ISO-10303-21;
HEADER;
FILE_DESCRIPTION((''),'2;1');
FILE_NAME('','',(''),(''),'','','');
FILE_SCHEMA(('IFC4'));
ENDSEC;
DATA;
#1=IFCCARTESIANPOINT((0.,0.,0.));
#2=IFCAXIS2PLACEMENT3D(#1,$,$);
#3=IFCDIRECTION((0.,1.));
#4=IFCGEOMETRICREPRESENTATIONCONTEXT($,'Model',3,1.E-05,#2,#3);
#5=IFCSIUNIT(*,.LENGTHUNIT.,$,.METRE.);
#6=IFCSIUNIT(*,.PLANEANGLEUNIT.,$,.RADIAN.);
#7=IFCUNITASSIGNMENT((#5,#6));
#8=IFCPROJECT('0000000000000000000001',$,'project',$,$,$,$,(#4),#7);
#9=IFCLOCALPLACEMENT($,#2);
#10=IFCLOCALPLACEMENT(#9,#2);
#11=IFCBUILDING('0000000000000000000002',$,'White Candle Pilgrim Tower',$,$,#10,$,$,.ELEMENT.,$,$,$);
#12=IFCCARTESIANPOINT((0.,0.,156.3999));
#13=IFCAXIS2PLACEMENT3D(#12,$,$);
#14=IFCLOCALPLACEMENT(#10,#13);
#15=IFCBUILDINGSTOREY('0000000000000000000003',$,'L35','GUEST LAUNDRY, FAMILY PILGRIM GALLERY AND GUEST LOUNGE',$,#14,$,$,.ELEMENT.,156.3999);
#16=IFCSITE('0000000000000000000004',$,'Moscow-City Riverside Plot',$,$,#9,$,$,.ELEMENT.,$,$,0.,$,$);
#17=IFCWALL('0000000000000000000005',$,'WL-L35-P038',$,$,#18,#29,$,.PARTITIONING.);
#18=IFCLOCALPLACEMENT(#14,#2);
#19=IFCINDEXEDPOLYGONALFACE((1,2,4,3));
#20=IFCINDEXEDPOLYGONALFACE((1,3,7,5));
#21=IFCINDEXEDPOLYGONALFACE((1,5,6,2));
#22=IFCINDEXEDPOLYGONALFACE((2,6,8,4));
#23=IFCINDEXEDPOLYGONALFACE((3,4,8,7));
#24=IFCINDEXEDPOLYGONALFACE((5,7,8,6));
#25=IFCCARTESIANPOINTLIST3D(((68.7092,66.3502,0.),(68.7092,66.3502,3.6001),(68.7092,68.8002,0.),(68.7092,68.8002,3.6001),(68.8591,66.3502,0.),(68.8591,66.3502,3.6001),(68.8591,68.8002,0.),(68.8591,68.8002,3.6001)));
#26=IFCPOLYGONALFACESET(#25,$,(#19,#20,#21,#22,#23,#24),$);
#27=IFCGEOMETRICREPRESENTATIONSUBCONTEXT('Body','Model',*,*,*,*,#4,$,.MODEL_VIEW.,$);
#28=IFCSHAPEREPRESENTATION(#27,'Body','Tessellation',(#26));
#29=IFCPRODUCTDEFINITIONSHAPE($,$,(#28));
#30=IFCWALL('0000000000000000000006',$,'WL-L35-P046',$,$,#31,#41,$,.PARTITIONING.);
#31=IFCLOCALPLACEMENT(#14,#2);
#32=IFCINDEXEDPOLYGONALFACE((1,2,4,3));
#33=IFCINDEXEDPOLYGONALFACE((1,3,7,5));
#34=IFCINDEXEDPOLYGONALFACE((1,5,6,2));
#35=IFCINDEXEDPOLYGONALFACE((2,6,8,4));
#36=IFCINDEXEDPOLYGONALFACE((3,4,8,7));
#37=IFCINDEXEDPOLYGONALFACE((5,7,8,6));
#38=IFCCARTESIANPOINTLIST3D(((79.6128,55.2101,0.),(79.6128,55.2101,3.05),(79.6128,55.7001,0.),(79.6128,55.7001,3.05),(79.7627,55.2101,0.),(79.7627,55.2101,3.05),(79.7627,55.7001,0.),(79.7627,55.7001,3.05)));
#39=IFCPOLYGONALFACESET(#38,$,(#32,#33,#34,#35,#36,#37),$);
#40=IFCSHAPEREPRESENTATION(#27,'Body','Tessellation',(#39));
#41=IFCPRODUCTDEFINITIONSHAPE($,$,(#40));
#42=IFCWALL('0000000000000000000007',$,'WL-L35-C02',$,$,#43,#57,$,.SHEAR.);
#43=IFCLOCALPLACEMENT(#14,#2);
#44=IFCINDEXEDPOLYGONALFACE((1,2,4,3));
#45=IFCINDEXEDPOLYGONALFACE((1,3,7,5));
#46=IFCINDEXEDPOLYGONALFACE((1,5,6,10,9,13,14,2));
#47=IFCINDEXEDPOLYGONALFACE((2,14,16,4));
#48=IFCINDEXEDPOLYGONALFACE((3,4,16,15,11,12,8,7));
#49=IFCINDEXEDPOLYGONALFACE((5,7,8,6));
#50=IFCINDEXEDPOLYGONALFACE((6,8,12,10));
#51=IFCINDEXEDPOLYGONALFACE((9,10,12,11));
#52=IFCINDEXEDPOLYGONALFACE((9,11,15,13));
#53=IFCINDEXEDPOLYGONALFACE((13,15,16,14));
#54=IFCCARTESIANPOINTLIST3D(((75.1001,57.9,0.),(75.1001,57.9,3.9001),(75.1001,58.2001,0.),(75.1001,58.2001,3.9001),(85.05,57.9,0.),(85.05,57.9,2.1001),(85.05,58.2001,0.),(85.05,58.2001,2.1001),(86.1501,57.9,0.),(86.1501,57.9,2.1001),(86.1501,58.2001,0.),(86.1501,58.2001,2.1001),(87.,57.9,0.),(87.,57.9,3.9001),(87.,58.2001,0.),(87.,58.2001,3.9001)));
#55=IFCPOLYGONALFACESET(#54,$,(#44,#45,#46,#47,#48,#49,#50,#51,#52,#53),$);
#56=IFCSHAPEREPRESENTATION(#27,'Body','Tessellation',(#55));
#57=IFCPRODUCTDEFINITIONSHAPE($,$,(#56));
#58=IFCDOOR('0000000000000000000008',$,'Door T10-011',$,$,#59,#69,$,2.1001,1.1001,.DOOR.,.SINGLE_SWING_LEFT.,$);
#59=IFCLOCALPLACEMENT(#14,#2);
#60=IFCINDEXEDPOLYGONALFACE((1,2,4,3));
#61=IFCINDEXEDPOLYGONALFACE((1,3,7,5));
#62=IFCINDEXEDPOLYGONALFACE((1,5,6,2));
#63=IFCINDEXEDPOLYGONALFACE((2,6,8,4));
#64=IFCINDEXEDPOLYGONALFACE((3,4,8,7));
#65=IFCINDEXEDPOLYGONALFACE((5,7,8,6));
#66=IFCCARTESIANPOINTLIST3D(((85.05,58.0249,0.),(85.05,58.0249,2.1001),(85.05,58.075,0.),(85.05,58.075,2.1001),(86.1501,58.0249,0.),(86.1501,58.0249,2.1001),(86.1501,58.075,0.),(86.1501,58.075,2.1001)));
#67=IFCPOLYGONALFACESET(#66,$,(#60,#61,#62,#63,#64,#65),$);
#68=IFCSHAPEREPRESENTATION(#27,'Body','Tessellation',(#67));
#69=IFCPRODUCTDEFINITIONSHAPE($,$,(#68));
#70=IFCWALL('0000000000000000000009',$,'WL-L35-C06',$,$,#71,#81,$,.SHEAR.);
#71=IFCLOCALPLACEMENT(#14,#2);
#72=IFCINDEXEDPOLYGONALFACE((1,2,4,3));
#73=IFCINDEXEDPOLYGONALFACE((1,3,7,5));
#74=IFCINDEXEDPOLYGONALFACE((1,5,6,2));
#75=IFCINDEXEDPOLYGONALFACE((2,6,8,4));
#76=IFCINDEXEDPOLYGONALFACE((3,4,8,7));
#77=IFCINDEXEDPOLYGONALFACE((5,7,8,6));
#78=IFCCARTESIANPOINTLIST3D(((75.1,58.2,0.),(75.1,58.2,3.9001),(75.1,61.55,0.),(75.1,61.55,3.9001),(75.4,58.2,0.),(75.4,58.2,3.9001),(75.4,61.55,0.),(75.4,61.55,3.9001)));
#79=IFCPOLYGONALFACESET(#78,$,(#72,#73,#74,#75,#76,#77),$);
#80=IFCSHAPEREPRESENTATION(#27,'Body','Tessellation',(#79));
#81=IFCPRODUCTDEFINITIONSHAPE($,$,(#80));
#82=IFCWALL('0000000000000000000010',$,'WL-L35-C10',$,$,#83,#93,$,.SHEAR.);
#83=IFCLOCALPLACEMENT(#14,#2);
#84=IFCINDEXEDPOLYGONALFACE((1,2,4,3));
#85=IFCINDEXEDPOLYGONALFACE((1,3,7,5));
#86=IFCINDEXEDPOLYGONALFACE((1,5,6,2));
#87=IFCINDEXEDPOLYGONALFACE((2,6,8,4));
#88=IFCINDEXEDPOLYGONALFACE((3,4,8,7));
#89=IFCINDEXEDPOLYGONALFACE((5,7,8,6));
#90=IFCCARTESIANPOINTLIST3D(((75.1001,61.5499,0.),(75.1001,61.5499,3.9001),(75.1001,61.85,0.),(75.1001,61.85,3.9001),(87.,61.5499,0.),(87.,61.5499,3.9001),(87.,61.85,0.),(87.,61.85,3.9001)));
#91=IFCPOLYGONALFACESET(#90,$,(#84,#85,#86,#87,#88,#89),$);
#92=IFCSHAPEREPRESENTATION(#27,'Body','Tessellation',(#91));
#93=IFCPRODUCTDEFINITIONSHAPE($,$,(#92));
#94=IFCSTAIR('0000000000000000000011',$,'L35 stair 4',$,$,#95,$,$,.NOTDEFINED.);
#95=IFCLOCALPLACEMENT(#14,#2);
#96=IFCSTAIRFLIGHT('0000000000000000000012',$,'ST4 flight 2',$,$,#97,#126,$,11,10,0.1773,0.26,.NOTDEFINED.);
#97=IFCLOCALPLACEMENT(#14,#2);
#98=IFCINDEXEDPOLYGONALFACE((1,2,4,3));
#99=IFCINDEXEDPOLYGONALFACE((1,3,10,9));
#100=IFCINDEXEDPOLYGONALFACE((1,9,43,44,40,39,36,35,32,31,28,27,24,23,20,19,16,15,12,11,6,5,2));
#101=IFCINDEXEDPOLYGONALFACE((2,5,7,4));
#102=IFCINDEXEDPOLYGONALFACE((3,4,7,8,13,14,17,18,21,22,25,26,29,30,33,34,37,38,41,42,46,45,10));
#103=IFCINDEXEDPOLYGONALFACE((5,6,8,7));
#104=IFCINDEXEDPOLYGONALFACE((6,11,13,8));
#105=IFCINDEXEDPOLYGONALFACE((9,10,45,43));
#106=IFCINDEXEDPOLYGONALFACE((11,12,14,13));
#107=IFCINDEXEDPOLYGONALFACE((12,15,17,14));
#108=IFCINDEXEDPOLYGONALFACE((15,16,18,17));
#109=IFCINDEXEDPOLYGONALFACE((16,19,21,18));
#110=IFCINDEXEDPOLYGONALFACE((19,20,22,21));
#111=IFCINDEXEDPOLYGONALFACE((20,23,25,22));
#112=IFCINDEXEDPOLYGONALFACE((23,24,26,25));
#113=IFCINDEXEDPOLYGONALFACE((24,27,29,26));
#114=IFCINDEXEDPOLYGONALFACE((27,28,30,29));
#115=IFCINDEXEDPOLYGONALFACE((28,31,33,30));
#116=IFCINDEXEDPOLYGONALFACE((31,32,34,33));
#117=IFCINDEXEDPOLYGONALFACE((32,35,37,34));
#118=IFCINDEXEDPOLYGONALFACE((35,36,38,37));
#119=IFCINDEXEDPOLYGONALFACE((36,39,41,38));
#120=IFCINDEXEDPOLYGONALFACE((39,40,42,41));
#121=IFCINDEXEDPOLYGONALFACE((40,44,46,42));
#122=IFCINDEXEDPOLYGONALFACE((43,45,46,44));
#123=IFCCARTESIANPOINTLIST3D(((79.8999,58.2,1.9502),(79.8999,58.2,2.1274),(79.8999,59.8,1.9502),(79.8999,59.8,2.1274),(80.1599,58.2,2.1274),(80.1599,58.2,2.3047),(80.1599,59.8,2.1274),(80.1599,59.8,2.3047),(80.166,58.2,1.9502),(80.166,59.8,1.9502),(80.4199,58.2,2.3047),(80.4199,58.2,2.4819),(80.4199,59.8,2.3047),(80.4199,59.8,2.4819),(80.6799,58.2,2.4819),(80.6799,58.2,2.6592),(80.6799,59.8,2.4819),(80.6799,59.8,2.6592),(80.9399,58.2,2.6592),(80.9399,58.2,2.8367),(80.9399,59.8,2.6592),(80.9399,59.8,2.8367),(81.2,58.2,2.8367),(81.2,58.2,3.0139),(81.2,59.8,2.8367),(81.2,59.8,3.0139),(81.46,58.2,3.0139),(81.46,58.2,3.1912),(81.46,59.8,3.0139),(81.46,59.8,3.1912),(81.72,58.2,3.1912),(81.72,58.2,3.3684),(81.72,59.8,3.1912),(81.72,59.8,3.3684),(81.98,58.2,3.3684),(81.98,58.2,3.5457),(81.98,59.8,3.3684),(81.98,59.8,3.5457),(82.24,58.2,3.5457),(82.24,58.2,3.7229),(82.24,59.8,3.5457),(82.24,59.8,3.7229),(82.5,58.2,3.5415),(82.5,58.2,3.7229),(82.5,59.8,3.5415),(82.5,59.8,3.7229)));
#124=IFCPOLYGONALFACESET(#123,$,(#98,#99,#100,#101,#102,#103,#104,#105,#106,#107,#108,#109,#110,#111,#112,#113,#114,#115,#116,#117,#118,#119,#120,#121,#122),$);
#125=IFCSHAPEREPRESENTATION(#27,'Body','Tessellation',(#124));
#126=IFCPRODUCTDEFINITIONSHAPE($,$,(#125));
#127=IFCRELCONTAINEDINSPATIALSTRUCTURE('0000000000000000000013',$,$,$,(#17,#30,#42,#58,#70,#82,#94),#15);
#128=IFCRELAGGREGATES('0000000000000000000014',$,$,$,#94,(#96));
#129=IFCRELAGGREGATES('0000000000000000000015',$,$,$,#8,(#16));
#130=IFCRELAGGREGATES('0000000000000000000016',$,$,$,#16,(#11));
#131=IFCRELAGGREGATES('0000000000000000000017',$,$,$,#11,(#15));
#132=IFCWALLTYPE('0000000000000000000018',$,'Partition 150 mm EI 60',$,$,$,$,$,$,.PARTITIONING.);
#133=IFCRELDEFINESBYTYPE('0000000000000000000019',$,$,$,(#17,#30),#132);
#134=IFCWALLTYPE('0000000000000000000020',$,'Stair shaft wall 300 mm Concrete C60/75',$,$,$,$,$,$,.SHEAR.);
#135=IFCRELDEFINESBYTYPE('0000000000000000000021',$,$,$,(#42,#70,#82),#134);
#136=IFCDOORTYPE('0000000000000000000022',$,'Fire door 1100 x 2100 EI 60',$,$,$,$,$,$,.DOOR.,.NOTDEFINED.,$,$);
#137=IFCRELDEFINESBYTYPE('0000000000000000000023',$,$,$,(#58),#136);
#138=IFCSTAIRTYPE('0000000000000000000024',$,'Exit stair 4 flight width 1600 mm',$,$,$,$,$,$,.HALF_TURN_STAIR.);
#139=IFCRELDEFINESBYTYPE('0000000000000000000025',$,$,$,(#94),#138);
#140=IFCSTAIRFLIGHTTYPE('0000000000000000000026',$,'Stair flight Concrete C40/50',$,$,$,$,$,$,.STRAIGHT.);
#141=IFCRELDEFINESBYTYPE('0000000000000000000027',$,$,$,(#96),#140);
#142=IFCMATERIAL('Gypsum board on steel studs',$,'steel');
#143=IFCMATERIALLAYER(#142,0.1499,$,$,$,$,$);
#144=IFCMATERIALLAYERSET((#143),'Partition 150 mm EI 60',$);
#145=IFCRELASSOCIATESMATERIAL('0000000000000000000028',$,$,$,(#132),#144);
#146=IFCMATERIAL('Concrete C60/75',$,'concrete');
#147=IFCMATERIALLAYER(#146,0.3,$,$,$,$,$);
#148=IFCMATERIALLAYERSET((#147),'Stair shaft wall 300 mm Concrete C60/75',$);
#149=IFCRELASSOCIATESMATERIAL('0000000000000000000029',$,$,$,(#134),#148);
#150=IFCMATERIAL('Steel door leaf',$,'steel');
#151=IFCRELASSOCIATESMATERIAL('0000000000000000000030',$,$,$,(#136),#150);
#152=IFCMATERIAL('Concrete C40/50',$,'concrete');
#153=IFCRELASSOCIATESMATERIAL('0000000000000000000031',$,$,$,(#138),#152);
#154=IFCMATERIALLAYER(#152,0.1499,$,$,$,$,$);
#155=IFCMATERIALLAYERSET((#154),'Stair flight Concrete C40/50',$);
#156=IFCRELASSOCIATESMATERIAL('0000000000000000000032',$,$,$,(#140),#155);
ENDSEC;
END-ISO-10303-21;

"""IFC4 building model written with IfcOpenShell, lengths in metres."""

from ifc_helpers import new_model, si_unit, direction, frame, frame_2d, origin, place, context, subcontext, project, spatial, polyline, rectangle, outline, extrude, material, layer, layer_set, type_object, element, fill, aggregate, save


model = new_model("IFC4")

# Units and contexts
model_context = context("Model", 3, precision=1e-05, world=origin(), true_north=direction((0.0, 1.0)))
body_context = subcontext(model_context, "Body", "Model", "MODEL_VIEW")
ifc_project = project(units=[si_unit("LENGTHUNIT", "METRE"), si_unit("PLANEANGLEUNIT", "RADIAN")], contexts=[model_context])

# Site, building, storey
site_placement = place(None, origin())
site = spatial("IfcSite", under=ifc_project, at=site_placement, Name="Moscow-City Riverside Plot", CompositionType="ELEMENT", RefElevation=0.0)
building_placement = place(site_placement, origin())
building = spatial("IfcBuilding", under=site, at=building_placement, Name="White Candle Pilgrim Tower", CompositionType="ELEMENT")
storey_placement = place(building_placement, frame((0.0, 0.0, 156.3999)))
storey = spatial("IfcBuildingStorey", under=building, at=storey_placement, Name="L35", Description="GUEST LAUNDRY, FAMILY PILGRIM GALLERY AND GUEST LOUNGE", CompositionType="ELEMENT", Elevation=156.3999)

# Shared definitions
ifc_material_1 = material(Name="Gypsum board on steel studs", Category="steel")
ifc_material_2 = material(Name="Steel door leaf", Category="steel")

# Walls
ifc_layer_1 = layer(ifc_material_1, 0.1499)
ifc_layer_set_1 = layer_set([ifc_layer_1], Name="Partition 150 mm EI 60")
wall_type_1 = type_object("IfcWallType", Name="Partition 150 mm EI 60", PredefinedType="PARTITIONING", material=ifc_layer_set_1)
wall_1_placement = place(storey_placement, frame((68.7842, 66.3501, 0.0), z_axis=(0.0, 0.0, 1.0), x_axis=(0.0, 1.0, 0.0)))
element("IfcWall", 1, at=wall_1_placement, inside=storey, type_object=wall_type_1, Name="WL-L35-P038", PredefinedType="PARTITIONING", context=body_context, shape_type="SweptSolid", body=[
    extrude(rectangle(XDim=2.45, YDim=0.1499, at=frame_2d((1.2251, 0.0))), origin(), (0.0, 0.0, 1.0), 3.6001),
])
wall_2_placement = place(storey_placement, frame((79.6877, 55.21, 0.0), z_axis=(0.0, 0.0, 1.0), x_axis=(0.0, 1.0, 0.0)))
element("IfcWall", 2, at=wall_2_placement, inside=storey, type_object=wall_type_1, Name="WL-L35-P046", PredefinedType="PARTITIONING", context=body_context, shape_type="SweptSolid", body=[
    extrude(rectangle(XDim=0.49, YDim=0.1499, at=frame_2d((0.2451, 0.0))), origin(), (0.0, 0.0, 1.0), 3.05),
])

# Wall, opening, door
ifc_material_3 = material(Name="Concrete C60/75", Category="concrete")
ifc_layer_2 = layer(ifc_material_3, 0.3)
ifc_layer_set_2 = layer_set([ifc_layer_2], Name="Stair shaft wall 300 mm Concrete C60/75")
wall_type_2 = type_object("IfcWallType", Name="Stair shaft wall 300 mm Concrete C60/75", PredefinedType="SHEAR", material=ifc_layer_set_2)
wall_3_placement = place(storey_placement, frame((75.1001, 58.05, 0.0), z_axis=(0.0, 0.0, 1.0), x_axis=(1.0, 0.0, 0.0)))
wall_3 = element("IfcWall", 3, at=wall_3_placement, inside=storey, type_object=wall_type_2, Name="WL-L35-C02", PredefinedType="SHEAR", context=body_context, shape_type="SweptSolid", body=[
    extrude(rectangle(XDim=11.8999, YDim=0.3, at=frame_2d((5.95, 0.0))), origin(), (0.0, 0.0, 1.0), 3.9001),
])
opening_1_placement = place(wall_3_placement, frame((9.95, 0.0, 0.0)))
opening_1 = element("IfcOpeningElement", 4, at=opening_1_placement, cuts=wall_3, PredefinedType="OPENING", context=body_context, shape_type="SweptSolid", body=[
    extrude(rectangle(XDim=1.1001, YDim=2.1001, at=frame_2d((0.55, 1.05))), frame((0.0, 0.1599, 0.0), z_axis=(0.0, -1.0, 0.0), x_axis=(1.0, 0.0, 0.0)), (0.0, 0.0, 1.0), 0.3201),
])
door_type_1 = type_object("IfcDoorType", Name="Fire door 1100 x 2100 EI 60", OperationType="NOTDEFINED", PredefinedType="DOOR", material=ifc_material_2)
door_1_placement = place(opening_1_placement, origin())
door_1 = element("IfcDoor", 5, at=door_1_placement, inside=storey, type_object=door_type_1, Name="Door T10-011", OperationType="SINGLE_SWING_LEFT", OverallHeight=2.1001, OverallWidth=1.1001, PredefinedType="DOOR", context=body_context, shape_type="SweptSolid", body=[
    extrude(rectangle(XDim=1.1001, YDim=2.1001, at=frame_2d((0.55, 1.05))), frame((0.0, 0.0249, 0.0), z_axis=(0.0, -1.0, 0.0), x_axis=(1.0, 0.0, 0.0)), (0.0, 0.0, 1.0), 0.05),
])
fill(opening_1, door_1)

# Walls
wall_4_placement = place(storey_placement, frame((75.25, 58.2, 0.0), z_axis=(0.0, 0.0, 1.0), x_axis=(0.0, 1.0, 0.0)))
element("IfcWall", 6, at=wall_4_placement, inside=storey, type_object=wall_type_2, Name="WL-L35-C06", PredefinedType="SHEAR", context=body_context, shape_type="SweptSolid", body=[
    extrude(rectangle(XDim=3.3501, YDim=0.3, at=frame_2d((1.675, 0.0))), origin(), (0.0, 0.0, 1.0), 3.9001),
])
wall_5_placement = place(storey_placement, frame((75.1001, 61.7, 0.0), z_axis=(0.0, 0.0, 1.0), x_axis=(1.0, 0.0, 0.0)))
element("IfcWall", 7, at=wall_5_placement, inside=storey, type_object=wall_type_2, Name="WL-L35-C10", PredefinedType="SHEAR", context=body_context, shape_type="SweptSolid", body=[
    extrude(rectangle(XDim=11.8999, YDim=0.3, at=frame_2d((5.95, 0.0))), origin(), (0.0, 0.0, 1.0), 3.9001),
])

# Stair, stair flight
ifc_material_4 = material(Name="Concrete C40/50", Category="concrete")
stair_type = type_object("IfcStairType", Name="Exit stair 4 flight width 1600 mm", PredefinedType="HALF_TURN_STAIR", material=ifc_material_4)
stair_placement = place(storey_placement, origin())
stair = element("IfcStair", 8, at=stair_placement, inside=storey, type_object=stair_type, Name="L35 stair 4", PredefinedType="NOTDEFINED")
ifc_layer_3 = layer(ifc_material_4, 0.1499)
ifc_layer_set_3 = layer_set([ifc_layer_3], Name="Stair flight Concrete C40/50")
stair_flight_type = type_object("IfcStairFlightType", Name="Stair flight Concrete C40/50", PredefinedType="STRAIGHT", material=ifc_layer_set_3)
stair_flight_placement = place(storey_placement, frame((79.8999, 59.0, 1.9502), z_axis=(0.0, 0.0, 1.0), x_axis=(1.0, 0.0, 0.0)))
stair_flight = element("IfcStairFlight", 9, at=stair_flight_placement, type_object=stair_flight_type, Name="ST4 flight 2", NumberOfRisers=11, NumberOfTreads=10, PredefinedType="NOTDEFINED", RiserHeight=0.1773, TreadLength=0.26, context=body_context, shape_type="SweptSolid", body=[
    extrude(outline(polyline([(0.0, 0.0), (0.0, 0.1772), (0.26, 0.1772), (0.26, 0.3545), (0.52, 0.3545), (0.52, 0.5317), (0.78, 0.5317), (0.78, 0.709), (1.04, 0.709), (1.04, 0.8865), (1.3, 0.8865), (1.3, 1.0637), (1.5601, 1.0637), (1.5601, 1.241), (1.8201, 1.241), (1.8201, 1.4182), (2.0801, 1.4182), (2.0801, 1.5955), (2.3401, 1.5955), (2.3401, 1.7727), (2.6001, 1.7727), (2.6001, 1.95), (2.6001, 1.5913), (0.2661, 0.0), (0.0, 0.0)])), frame((0.0, 0.8, 0.0), z_axis=(0.0, -1.0, 0.0), x_axis=(1.0, 0.0, 0.0)), (0.0, 0.0, 1.0), 1.6001),
])
aggregate(stair, [stair_flight])

save(model, "model.ifc")
